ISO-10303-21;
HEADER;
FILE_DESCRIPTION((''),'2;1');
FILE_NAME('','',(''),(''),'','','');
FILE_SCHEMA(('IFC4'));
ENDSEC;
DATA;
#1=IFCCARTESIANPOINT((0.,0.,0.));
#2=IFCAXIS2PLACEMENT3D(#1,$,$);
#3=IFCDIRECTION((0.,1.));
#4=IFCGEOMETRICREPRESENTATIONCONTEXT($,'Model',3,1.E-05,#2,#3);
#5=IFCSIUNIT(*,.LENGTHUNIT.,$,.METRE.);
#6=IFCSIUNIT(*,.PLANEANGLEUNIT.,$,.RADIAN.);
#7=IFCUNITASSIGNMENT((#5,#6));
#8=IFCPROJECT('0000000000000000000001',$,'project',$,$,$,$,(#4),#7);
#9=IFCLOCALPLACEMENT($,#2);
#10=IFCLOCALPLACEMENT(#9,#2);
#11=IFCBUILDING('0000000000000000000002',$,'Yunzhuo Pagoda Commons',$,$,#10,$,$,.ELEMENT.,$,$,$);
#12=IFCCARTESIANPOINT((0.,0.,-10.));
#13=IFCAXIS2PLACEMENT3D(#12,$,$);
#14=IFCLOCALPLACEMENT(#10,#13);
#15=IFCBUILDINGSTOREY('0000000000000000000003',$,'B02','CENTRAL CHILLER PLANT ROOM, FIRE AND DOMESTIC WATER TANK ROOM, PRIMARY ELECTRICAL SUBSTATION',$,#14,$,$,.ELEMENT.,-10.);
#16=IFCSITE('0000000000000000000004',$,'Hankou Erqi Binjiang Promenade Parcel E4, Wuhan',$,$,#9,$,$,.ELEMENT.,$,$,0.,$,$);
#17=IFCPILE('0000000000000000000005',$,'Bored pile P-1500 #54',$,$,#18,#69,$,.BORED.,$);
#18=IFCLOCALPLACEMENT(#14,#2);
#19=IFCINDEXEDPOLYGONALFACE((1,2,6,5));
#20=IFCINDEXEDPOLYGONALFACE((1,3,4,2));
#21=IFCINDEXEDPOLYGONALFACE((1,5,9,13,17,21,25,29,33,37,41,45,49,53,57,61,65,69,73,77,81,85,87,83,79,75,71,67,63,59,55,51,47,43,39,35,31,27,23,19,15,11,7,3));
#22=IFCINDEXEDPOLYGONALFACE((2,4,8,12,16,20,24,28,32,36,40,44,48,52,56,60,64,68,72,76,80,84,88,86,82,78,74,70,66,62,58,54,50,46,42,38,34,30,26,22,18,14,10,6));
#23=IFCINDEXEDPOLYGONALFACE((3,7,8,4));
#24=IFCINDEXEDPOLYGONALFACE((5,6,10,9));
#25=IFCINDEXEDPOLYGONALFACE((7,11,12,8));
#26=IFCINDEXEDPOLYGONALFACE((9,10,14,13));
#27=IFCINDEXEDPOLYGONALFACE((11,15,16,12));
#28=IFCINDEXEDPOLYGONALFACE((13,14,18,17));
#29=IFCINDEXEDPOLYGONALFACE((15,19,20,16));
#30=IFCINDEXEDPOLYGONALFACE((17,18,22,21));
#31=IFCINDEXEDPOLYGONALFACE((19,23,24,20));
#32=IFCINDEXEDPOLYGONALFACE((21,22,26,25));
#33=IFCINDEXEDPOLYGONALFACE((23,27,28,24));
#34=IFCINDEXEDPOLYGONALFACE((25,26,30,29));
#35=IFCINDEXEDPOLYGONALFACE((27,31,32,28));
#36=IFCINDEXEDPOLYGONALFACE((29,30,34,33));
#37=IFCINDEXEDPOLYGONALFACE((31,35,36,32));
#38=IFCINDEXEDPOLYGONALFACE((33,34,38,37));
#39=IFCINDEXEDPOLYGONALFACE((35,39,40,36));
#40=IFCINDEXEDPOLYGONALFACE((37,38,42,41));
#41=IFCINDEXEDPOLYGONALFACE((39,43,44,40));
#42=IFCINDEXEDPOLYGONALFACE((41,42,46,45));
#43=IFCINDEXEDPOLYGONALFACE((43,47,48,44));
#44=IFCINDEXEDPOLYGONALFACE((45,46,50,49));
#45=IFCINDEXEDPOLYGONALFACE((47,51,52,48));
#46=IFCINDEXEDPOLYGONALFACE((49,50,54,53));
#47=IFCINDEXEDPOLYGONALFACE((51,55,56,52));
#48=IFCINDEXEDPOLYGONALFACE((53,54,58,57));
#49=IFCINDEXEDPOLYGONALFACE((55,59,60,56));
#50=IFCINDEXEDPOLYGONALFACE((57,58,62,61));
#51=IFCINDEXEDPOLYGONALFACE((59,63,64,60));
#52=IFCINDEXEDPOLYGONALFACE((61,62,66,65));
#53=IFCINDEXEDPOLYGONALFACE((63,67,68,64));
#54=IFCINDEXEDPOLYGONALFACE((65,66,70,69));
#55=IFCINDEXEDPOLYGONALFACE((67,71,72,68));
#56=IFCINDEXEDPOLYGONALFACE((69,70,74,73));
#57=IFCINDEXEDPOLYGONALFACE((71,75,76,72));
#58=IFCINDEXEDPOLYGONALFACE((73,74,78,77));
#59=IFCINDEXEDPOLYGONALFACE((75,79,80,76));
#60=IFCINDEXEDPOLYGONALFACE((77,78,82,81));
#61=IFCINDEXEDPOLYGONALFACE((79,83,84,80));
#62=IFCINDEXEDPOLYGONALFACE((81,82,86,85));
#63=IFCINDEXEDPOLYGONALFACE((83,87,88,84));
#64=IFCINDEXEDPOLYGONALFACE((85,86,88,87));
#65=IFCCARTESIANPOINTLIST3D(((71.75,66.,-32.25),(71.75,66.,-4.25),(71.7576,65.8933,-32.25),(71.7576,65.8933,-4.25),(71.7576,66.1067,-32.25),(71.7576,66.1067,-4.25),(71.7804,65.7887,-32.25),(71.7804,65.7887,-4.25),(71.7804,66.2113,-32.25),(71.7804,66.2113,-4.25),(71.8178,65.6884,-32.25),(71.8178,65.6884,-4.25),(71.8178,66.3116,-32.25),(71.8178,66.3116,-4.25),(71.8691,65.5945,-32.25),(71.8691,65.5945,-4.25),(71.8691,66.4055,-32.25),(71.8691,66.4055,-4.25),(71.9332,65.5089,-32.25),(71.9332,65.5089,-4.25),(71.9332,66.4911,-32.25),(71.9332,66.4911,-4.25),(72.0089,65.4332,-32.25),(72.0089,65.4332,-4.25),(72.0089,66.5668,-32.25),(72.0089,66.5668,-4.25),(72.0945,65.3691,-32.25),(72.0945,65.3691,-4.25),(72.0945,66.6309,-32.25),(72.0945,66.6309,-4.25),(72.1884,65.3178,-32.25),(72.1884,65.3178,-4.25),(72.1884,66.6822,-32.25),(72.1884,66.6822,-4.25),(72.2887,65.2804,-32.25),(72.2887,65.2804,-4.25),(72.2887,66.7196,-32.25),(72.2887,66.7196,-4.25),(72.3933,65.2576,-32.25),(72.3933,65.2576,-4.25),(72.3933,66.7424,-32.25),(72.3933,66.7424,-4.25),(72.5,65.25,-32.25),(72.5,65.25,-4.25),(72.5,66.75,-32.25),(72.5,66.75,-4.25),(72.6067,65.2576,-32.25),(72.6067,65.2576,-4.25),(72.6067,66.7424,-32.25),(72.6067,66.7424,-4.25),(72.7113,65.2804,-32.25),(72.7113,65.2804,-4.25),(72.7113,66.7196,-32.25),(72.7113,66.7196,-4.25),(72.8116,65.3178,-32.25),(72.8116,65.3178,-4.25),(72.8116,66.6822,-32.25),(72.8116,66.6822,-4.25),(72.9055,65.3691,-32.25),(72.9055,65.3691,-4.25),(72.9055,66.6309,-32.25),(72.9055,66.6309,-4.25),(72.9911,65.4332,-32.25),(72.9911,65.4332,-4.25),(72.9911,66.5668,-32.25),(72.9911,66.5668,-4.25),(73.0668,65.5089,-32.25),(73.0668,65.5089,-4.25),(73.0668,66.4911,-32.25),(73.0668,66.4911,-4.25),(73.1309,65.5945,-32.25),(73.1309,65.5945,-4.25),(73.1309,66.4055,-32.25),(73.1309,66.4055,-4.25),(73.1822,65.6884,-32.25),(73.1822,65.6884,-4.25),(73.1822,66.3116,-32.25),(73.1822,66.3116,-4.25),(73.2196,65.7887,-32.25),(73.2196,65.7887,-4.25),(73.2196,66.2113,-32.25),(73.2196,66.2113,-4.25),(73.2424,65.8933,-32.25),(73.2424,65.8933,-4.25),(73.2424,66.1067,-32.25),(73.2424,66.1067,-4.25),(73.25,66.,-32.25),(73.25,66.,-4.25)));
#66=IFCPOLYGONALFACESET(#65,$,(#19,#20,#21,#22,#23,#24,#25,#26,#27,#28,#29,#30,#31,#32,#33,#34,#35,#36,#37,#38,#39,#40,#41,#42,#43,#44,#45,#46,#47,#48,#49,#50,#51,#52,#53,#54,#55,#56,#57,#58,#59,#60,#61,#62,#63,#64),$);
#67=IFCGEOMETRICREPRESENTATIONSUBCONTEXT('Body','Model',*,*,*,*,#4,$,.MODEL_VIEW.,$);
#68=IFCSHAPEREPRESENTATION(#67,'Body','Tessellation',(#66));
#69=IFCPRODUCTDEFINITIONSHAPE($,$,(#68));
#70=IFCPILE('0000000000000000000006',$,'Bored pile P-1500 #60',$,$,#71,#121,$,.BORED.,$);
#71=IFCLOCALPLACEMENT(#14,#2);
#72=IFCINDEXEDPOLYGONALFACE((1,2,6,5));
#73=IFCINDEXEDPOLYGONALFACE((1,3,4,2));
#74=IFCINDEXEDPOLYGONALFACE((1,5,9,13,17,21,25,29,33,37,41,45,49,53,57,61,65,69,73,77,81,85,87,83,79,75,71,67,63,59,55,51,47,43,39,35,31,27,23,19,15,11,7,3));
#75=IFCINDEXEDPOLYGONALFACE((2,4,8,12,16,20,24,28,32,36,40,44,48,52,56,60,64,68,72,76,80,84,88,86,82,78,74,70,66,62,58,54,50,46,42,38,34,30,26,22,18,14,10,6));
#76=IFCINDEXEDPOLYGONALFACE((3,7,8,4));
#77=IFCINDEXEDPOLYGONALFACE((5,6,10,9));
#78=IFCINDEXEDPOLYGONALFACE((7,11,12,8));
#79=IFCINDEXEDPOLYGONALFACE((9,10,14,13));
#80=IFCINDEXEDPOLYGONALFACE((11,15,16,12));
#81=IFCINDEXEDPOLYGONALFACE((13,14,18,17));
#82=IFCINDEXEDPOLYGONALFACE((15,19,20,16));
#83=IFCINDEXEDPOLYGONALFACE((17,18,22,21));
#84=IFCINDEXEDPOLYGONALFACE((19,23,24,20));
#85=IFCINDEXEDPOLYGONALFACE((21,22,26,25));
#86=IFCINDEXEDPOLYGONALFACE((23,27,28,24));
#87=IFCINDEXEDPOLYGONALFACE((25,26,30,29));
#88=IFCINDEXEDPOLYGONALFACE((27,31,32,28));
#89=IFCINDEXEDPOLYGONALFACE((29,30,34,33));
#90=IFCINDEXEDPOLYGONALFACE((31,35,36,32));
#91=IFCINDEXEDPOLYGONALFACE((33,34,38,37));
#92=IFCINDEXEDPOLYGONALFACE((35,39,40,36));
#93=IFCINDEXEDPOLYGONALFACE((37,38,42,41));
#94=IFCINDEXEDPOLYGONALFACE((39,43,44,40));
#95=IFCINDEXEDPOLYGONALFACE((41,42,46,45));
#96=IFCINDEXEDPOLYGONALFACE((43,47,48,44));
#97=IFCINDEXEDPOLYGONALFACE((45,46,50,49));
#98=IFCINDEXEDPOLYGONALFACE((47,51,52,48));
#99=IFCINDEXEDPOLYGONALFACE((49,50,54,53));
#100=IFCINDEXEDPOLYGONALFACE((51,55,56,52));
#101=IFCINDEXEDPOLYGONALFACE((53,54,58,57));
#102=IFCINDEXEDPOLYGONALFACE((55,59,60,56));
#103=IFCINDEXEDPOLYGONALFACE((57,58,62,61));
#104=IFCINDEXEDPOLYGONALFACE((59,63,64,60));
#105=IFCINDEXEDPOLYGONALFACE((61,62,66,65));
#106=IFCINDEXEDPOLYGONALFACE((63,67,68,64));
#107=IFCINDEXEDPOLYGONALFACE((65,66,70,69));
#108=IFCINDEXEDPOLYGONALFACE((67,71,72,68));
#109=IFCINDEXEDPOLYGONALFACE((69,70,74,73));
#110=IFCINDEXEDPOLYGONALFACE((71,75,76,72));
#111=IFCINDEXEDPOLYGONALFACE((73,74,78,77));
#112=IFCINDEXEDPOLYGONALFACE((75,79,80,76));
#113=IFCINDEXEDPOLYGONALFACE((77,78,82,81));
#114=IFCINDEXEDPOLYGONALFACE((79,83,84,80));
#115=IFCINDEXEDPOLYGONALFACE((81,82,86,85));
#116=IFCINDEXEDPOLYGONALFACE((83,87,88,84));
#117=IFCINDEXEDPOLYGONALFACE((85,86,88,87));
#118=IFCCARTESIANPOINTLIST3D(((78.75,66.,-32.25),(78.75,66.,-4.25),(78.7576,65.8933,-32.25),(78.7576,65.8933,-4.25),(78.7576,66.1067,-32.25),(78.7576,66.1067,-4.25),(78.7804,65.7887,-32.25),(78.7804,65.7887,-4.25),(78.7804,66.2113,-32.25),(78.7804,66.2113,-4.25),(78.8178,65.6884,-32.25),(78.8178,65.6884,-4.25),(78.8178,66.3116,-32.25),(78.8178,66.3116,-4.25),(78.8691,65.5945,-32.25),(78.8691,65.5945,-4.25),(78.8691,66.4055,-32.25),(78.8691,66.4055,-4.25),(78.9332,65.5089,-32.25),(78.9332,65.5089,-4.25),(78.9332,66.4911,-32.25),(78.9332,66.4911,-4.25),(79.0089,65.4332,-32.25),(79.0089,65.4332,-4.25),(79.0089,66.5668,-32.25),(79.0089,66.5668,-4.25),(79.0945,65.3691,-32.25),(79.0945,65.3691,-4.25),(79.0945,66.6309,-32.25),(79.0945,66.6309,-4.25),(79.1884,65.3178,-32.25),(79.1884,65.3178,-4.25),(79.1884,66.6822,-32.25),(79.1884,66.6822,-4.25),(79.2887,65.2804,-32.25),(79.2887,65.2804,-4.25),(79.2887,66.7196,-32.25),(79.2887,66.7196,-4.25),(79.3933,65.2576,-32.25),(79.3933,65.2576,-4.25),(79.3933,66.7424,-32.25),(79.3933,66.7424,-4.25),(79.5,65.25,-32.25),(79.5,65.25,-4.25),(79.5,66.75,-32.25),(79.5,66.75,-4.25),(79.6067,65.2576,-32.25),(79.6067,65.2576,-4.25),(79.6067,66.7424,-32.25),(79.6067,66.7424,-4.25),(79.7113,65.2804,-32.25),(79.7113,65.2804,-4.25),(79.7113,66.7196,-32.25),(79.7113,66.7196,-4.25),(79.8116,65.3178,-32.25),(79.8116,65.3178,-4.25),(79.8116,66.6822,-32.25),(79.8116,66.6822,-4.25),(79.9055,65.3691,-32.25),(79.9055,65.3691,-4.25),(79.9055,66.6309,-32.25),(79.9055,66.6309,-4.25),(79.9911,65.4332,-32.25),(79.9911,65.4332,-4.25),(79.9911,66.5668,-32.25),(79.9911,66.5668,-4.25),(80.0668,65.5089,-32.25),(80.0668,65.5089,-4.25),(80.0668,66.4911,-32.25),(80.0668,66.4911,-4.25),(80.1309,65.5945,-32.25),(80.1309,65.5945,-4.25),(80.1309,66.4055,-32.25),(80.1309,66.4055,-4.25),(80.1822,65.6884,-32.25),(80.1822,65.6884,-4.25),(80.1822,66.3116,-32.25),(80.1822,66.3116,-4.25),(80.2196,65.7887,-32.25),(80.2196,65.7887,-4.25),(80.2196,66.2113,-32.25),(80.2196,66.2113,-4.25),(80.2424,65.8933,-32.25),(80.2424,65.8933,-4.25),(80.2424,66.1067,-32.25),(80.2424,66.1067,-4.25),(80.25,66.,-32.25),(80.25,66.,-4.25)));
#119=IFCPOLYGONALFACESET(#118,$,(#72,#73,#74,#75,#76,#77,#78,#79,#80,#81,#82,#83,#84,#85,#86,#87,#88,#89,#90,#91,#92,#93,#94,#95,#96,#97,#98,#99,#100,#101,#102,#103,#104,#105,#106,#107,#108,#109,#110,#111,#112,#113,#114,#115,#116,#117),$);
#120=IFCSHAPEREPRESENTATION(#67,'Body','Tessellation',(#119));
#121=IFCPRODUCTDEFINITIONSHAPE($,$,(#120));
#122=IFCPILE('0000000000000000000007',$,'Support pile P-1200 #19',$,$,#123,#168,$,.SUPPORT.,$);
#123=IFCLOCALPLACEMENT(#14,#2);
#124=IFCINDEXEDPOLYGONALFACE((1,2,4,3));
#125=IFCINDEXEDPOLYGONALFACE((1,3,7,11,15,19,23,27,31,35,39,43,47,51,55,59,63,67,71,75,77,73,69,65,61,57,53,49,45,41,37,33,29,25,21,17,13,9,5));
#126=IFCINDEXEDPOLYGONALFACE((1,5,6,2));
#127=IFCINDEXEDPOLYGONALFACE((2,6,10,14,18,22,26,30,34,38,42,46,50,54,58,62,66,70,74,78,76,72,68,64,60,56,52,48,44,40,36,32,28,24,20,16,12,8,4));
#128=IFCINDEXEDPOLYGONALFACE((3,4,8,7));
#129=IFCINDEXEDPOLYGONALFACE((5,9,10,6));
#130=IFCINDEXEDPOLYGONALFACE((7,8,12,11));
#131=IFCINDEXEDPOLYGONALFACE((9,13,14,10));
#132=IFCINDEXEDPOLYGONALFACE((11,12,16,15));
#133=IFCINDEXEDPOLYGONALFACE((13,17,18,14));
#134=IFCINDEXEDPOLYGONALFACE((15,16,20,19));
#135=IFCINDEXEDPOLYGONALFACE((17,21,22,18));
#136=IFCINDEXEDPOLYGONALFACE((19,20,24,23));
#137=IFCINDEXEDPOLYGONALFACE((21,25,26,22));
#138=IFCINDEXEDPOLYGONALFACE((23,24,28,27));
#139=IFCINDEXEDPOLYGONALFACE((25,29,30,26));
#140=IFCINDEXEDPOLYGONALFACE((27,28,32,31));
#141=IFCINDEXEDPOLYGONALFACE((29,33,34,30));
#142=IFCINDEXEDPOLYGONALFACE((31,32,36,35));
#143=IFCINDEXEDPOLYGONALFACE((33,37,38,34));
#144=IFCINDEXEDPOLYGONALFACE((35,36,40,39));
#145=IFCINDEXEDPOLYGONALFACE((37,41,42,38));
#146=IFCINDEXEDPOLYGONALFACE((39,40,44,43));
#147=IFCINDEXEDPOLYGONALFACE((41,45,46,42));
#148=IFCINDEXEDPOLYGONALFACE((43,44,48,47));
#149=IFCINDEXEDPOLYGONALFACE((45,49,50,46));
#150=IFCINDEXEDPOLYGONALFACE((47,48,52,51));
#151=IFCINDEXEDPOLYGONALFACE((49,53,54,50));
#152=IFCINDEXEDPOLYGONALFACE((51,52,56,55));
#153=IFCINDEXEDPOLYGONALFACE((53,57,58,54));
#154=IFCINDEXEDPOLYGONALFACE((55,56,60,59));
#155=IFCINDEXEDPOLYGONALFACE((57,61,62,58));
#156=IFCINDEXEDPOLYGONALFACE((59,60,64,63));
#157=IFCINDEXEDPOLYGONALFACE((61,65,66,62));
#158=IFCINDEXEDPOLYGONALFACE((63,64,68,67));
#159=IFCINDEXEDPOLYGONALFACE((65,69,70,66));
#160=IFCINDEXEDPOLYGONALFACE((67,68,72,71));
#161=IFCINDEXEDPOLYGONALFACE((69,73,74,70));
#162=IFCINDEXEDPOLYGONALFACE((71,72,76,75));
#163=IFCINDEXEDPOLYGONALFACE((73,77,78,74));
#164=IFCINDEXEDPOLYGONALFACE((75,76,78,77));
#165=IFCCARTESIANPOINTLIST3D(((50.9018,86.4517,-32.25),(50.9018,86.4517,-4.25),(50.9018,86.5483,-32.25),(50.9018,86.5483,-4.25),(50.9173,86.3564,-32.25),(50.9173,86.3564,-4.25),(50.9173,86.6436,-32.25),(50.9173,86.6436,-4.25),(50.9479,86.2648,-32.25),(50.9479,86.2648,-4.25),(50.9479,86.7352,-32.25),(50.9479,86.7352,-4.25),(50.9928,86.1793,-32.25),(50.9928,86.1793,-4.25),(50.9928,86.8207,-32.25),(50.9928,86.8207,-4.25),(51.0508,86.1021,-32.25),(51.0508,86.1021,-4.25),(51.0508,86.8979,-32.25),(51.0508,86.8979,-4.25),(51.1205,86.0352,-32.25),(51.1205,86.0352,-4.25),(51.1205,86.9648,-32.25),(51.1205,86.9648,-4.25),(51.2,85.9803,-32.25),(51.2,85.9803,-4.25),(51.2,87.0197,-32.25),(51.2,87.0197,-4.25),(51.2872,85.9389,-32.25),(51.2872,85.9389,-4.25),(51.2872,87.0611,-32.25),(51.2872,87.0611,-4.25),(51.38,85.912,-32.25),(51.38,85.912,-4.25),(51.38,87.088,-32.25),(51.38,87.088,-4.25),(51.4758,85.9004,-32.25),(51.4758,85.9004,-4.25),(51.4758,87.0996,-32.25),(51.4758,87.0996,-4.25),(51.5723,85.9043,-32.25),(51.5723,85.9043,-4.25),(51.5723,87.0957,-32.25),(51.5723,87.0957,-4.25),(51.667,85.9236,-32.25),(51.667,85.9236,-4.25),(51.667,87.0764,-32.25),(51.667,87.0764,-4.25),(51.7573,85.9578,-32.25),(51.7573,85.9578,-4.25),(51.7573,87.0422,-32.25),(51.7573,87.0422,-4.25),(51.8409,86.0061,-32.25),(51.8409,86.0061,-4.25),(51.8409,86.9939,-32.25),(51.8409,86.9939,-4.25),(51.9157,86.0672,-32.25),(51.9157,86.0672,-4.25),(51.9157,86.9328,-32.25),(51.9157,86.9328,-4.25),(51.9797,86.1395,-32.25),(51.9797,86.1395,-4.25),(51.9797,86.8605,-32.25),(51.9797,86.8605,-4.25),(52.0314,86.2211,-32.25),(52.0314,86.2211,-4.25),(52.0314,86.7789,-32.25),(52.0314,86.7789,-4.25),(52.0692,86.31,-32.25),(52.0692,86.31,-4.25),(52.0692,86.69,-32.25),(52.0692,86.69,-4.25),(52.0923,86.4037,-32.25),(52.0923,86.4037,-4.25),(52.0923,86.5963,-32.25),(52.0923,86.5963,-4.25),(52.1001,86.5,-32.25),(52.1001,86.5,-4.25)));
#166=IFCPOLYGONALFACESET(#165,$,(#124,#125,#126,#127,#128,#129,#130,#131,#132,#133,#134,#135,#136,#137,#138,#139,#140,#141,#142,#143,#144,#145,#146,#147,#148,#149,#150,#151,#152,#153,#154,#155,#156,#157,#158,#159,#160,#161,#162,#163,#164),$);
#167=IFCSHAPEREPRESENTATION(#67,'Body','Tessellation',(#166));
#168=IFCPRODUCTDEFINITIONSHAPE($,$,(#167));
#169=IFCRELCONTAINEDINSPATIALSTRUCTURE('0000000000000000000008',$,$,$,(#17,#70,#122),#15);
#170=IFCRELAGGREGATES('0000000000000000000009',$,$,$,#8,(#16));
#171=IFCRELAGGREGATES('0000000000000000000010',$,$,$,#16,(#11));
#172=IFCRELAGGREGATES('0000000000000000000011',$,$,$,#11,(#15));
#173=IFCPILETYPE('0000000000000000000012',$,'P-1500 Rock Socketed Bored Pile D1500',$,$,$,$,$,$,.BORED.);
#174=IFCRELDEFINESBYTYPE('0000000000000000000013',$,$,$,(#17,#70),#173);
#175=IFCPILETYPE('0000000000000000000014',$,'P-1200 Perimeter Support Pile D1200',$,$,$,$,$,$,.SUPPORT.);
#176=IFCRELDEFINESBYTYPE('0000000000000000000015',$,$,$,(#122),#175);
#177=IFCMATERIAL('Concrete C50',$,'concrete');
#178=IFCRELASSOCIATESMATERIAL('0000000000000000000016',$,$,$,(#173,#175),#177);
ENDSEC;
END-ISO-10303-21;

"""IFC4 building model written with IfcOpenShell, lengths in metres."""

from ifc_helpers import new_model, si_unit, direction, frame, origin, origin_2d, place, context, subcontext, project, spatial, circle, extrude, source, transform, mapped, material, material_profile, profile_set, type_object, element, save


model = new_model("IFC4")

# Units and contexts
model_context = context("Model", 3, precision=1e-05, world=origin(), true_north=direction((0.0, 1.0)))
body_context = subcontext(model_context, "Body", "Model", "MODEL_VIEW")
ifc_project = project(units=[si_unit("LENGTHUNIT", "METRE"), si_unit("PLANEANGLEUNIT", "RADIAN")], contexts=[model_context])

# Site, building, storey
site_placement = place(None, origin())
site = spatial("IfcSite", under=ifc_project, at=site_placement, Name="Hankou Erqi Binjiang Promenade Parcel E4, Wuhan", CompositionType="ELEMENT", RefElevation=0.0)
building_placement = place(site_placement, origin())
building = spatial("IfcBuilding", under=site, at=building_placement, Name="Yunzhuo Pagoda Commons", CompositionType="ELEMENT")
storey_placement = place(building_placement, frame((0.0, 0.0, -10.0)))
storey = spatial("IfcBuildingStorey", under=building, at=storey_placement, Name="B02", Description="CENTRAL CHILLER PLANT ROOM, FIRE AND DOMESTIC WATER TANK ROOM, PRIMARY ELECTRICAL SUBSTATION", CompositionType="ELEMENT", Elevation=-10.0)

# Piles
ifc_material_1 = material(Name="Concrete C50", Category="concrete")
ifc_material_profile_1 = material_profile(ifc_material_1, circle(Radius=0.75, at=origin_2d()), Name="Concrete C50")
ifc_profile_set_1 = profile_set([ifc_material_profile_1], Name="Concrete C50")
pile_type_1 = type_object("IfcPileType", Name="P-1500 Rock Socketed Bored Pile D1500", PredefinedType="BORED", material=ifc_profile_set_1)
shared_shape_1 = source(origin(), body_context, "Body", "SweptSolid", [
    extrude(circle(Radius=0.75, at=origin_2d()), origin(), (0.0, 0.0, 1.0), 28.0),
])
for number, where, z_axis, x_axis, name in (
    (1, (72.5, 66.0, -4.25), (0.0, 0.0, -1.0), (1.0, 0.0, 0.0), "Bored pile P-1500 #54"),
    (2, (79.5, 66.0, -4.25), (0.0, 0.0, -1.0), (1.0, 0.0, 0.0), "Bored pile P-1500 #60"),
):
    element("IfcPile", number, at=place(storey_placement, frame(where, z_axis=z_axis, x_axis=x_axis)), inside=storey, type_object=pile_type_1, Name=name, PredefinedType="BORED", context=body_context, shape_type="MappedRepresentation", body=[
        mapped(shared_shape_1, transform((0.0, 0.0, 0.0), scale=1.0)),
    ])
ifc_material_profile_2 = material_profile(ifc_material_1, circle(Radius=0.6001, at=origin_2d()), Name="Concrete C50")
ifc_profile_set_2 = profile_set([ifc_material_profile_2], Name="Concrete C50")
pile_type_2 = type_object("IfcPileType", Name="P-1200 Perimeter Support Pile D1200", PredefinedType="SUPPORT", material=ifc_profile_set_2)
shared_shape_2 = source(origin(), body_context, "Body", "SweptSolid", [
    extrude(circle(Radius=0.6001, at=origin_2d()), origin(), (0.0, 0.0, 1.0), 28.0),
])
for number, where, z_axis, x_axis, name in (
    (3, (51.5, 86.5, -4.25), (0.0, 0.0, -1.0), (1.0, 0.0, 0.0), "Support pile P-1200 #19"),
):
    element("IfcPile", number, at=place(storey_placement, frame(where, z_axis=z_axis, x_axis=x_axis)), inside=storey, type_object=pile_type_2, Name=name, PredefinedType="SUPPORT", context=body_context, shape_type="MappedRepresentation", body=[
        mapped(shared_shape_2, transform((0.0, 0.0, 0.0), scale=1.0)),
    ])

save(model, "model.ifc")
